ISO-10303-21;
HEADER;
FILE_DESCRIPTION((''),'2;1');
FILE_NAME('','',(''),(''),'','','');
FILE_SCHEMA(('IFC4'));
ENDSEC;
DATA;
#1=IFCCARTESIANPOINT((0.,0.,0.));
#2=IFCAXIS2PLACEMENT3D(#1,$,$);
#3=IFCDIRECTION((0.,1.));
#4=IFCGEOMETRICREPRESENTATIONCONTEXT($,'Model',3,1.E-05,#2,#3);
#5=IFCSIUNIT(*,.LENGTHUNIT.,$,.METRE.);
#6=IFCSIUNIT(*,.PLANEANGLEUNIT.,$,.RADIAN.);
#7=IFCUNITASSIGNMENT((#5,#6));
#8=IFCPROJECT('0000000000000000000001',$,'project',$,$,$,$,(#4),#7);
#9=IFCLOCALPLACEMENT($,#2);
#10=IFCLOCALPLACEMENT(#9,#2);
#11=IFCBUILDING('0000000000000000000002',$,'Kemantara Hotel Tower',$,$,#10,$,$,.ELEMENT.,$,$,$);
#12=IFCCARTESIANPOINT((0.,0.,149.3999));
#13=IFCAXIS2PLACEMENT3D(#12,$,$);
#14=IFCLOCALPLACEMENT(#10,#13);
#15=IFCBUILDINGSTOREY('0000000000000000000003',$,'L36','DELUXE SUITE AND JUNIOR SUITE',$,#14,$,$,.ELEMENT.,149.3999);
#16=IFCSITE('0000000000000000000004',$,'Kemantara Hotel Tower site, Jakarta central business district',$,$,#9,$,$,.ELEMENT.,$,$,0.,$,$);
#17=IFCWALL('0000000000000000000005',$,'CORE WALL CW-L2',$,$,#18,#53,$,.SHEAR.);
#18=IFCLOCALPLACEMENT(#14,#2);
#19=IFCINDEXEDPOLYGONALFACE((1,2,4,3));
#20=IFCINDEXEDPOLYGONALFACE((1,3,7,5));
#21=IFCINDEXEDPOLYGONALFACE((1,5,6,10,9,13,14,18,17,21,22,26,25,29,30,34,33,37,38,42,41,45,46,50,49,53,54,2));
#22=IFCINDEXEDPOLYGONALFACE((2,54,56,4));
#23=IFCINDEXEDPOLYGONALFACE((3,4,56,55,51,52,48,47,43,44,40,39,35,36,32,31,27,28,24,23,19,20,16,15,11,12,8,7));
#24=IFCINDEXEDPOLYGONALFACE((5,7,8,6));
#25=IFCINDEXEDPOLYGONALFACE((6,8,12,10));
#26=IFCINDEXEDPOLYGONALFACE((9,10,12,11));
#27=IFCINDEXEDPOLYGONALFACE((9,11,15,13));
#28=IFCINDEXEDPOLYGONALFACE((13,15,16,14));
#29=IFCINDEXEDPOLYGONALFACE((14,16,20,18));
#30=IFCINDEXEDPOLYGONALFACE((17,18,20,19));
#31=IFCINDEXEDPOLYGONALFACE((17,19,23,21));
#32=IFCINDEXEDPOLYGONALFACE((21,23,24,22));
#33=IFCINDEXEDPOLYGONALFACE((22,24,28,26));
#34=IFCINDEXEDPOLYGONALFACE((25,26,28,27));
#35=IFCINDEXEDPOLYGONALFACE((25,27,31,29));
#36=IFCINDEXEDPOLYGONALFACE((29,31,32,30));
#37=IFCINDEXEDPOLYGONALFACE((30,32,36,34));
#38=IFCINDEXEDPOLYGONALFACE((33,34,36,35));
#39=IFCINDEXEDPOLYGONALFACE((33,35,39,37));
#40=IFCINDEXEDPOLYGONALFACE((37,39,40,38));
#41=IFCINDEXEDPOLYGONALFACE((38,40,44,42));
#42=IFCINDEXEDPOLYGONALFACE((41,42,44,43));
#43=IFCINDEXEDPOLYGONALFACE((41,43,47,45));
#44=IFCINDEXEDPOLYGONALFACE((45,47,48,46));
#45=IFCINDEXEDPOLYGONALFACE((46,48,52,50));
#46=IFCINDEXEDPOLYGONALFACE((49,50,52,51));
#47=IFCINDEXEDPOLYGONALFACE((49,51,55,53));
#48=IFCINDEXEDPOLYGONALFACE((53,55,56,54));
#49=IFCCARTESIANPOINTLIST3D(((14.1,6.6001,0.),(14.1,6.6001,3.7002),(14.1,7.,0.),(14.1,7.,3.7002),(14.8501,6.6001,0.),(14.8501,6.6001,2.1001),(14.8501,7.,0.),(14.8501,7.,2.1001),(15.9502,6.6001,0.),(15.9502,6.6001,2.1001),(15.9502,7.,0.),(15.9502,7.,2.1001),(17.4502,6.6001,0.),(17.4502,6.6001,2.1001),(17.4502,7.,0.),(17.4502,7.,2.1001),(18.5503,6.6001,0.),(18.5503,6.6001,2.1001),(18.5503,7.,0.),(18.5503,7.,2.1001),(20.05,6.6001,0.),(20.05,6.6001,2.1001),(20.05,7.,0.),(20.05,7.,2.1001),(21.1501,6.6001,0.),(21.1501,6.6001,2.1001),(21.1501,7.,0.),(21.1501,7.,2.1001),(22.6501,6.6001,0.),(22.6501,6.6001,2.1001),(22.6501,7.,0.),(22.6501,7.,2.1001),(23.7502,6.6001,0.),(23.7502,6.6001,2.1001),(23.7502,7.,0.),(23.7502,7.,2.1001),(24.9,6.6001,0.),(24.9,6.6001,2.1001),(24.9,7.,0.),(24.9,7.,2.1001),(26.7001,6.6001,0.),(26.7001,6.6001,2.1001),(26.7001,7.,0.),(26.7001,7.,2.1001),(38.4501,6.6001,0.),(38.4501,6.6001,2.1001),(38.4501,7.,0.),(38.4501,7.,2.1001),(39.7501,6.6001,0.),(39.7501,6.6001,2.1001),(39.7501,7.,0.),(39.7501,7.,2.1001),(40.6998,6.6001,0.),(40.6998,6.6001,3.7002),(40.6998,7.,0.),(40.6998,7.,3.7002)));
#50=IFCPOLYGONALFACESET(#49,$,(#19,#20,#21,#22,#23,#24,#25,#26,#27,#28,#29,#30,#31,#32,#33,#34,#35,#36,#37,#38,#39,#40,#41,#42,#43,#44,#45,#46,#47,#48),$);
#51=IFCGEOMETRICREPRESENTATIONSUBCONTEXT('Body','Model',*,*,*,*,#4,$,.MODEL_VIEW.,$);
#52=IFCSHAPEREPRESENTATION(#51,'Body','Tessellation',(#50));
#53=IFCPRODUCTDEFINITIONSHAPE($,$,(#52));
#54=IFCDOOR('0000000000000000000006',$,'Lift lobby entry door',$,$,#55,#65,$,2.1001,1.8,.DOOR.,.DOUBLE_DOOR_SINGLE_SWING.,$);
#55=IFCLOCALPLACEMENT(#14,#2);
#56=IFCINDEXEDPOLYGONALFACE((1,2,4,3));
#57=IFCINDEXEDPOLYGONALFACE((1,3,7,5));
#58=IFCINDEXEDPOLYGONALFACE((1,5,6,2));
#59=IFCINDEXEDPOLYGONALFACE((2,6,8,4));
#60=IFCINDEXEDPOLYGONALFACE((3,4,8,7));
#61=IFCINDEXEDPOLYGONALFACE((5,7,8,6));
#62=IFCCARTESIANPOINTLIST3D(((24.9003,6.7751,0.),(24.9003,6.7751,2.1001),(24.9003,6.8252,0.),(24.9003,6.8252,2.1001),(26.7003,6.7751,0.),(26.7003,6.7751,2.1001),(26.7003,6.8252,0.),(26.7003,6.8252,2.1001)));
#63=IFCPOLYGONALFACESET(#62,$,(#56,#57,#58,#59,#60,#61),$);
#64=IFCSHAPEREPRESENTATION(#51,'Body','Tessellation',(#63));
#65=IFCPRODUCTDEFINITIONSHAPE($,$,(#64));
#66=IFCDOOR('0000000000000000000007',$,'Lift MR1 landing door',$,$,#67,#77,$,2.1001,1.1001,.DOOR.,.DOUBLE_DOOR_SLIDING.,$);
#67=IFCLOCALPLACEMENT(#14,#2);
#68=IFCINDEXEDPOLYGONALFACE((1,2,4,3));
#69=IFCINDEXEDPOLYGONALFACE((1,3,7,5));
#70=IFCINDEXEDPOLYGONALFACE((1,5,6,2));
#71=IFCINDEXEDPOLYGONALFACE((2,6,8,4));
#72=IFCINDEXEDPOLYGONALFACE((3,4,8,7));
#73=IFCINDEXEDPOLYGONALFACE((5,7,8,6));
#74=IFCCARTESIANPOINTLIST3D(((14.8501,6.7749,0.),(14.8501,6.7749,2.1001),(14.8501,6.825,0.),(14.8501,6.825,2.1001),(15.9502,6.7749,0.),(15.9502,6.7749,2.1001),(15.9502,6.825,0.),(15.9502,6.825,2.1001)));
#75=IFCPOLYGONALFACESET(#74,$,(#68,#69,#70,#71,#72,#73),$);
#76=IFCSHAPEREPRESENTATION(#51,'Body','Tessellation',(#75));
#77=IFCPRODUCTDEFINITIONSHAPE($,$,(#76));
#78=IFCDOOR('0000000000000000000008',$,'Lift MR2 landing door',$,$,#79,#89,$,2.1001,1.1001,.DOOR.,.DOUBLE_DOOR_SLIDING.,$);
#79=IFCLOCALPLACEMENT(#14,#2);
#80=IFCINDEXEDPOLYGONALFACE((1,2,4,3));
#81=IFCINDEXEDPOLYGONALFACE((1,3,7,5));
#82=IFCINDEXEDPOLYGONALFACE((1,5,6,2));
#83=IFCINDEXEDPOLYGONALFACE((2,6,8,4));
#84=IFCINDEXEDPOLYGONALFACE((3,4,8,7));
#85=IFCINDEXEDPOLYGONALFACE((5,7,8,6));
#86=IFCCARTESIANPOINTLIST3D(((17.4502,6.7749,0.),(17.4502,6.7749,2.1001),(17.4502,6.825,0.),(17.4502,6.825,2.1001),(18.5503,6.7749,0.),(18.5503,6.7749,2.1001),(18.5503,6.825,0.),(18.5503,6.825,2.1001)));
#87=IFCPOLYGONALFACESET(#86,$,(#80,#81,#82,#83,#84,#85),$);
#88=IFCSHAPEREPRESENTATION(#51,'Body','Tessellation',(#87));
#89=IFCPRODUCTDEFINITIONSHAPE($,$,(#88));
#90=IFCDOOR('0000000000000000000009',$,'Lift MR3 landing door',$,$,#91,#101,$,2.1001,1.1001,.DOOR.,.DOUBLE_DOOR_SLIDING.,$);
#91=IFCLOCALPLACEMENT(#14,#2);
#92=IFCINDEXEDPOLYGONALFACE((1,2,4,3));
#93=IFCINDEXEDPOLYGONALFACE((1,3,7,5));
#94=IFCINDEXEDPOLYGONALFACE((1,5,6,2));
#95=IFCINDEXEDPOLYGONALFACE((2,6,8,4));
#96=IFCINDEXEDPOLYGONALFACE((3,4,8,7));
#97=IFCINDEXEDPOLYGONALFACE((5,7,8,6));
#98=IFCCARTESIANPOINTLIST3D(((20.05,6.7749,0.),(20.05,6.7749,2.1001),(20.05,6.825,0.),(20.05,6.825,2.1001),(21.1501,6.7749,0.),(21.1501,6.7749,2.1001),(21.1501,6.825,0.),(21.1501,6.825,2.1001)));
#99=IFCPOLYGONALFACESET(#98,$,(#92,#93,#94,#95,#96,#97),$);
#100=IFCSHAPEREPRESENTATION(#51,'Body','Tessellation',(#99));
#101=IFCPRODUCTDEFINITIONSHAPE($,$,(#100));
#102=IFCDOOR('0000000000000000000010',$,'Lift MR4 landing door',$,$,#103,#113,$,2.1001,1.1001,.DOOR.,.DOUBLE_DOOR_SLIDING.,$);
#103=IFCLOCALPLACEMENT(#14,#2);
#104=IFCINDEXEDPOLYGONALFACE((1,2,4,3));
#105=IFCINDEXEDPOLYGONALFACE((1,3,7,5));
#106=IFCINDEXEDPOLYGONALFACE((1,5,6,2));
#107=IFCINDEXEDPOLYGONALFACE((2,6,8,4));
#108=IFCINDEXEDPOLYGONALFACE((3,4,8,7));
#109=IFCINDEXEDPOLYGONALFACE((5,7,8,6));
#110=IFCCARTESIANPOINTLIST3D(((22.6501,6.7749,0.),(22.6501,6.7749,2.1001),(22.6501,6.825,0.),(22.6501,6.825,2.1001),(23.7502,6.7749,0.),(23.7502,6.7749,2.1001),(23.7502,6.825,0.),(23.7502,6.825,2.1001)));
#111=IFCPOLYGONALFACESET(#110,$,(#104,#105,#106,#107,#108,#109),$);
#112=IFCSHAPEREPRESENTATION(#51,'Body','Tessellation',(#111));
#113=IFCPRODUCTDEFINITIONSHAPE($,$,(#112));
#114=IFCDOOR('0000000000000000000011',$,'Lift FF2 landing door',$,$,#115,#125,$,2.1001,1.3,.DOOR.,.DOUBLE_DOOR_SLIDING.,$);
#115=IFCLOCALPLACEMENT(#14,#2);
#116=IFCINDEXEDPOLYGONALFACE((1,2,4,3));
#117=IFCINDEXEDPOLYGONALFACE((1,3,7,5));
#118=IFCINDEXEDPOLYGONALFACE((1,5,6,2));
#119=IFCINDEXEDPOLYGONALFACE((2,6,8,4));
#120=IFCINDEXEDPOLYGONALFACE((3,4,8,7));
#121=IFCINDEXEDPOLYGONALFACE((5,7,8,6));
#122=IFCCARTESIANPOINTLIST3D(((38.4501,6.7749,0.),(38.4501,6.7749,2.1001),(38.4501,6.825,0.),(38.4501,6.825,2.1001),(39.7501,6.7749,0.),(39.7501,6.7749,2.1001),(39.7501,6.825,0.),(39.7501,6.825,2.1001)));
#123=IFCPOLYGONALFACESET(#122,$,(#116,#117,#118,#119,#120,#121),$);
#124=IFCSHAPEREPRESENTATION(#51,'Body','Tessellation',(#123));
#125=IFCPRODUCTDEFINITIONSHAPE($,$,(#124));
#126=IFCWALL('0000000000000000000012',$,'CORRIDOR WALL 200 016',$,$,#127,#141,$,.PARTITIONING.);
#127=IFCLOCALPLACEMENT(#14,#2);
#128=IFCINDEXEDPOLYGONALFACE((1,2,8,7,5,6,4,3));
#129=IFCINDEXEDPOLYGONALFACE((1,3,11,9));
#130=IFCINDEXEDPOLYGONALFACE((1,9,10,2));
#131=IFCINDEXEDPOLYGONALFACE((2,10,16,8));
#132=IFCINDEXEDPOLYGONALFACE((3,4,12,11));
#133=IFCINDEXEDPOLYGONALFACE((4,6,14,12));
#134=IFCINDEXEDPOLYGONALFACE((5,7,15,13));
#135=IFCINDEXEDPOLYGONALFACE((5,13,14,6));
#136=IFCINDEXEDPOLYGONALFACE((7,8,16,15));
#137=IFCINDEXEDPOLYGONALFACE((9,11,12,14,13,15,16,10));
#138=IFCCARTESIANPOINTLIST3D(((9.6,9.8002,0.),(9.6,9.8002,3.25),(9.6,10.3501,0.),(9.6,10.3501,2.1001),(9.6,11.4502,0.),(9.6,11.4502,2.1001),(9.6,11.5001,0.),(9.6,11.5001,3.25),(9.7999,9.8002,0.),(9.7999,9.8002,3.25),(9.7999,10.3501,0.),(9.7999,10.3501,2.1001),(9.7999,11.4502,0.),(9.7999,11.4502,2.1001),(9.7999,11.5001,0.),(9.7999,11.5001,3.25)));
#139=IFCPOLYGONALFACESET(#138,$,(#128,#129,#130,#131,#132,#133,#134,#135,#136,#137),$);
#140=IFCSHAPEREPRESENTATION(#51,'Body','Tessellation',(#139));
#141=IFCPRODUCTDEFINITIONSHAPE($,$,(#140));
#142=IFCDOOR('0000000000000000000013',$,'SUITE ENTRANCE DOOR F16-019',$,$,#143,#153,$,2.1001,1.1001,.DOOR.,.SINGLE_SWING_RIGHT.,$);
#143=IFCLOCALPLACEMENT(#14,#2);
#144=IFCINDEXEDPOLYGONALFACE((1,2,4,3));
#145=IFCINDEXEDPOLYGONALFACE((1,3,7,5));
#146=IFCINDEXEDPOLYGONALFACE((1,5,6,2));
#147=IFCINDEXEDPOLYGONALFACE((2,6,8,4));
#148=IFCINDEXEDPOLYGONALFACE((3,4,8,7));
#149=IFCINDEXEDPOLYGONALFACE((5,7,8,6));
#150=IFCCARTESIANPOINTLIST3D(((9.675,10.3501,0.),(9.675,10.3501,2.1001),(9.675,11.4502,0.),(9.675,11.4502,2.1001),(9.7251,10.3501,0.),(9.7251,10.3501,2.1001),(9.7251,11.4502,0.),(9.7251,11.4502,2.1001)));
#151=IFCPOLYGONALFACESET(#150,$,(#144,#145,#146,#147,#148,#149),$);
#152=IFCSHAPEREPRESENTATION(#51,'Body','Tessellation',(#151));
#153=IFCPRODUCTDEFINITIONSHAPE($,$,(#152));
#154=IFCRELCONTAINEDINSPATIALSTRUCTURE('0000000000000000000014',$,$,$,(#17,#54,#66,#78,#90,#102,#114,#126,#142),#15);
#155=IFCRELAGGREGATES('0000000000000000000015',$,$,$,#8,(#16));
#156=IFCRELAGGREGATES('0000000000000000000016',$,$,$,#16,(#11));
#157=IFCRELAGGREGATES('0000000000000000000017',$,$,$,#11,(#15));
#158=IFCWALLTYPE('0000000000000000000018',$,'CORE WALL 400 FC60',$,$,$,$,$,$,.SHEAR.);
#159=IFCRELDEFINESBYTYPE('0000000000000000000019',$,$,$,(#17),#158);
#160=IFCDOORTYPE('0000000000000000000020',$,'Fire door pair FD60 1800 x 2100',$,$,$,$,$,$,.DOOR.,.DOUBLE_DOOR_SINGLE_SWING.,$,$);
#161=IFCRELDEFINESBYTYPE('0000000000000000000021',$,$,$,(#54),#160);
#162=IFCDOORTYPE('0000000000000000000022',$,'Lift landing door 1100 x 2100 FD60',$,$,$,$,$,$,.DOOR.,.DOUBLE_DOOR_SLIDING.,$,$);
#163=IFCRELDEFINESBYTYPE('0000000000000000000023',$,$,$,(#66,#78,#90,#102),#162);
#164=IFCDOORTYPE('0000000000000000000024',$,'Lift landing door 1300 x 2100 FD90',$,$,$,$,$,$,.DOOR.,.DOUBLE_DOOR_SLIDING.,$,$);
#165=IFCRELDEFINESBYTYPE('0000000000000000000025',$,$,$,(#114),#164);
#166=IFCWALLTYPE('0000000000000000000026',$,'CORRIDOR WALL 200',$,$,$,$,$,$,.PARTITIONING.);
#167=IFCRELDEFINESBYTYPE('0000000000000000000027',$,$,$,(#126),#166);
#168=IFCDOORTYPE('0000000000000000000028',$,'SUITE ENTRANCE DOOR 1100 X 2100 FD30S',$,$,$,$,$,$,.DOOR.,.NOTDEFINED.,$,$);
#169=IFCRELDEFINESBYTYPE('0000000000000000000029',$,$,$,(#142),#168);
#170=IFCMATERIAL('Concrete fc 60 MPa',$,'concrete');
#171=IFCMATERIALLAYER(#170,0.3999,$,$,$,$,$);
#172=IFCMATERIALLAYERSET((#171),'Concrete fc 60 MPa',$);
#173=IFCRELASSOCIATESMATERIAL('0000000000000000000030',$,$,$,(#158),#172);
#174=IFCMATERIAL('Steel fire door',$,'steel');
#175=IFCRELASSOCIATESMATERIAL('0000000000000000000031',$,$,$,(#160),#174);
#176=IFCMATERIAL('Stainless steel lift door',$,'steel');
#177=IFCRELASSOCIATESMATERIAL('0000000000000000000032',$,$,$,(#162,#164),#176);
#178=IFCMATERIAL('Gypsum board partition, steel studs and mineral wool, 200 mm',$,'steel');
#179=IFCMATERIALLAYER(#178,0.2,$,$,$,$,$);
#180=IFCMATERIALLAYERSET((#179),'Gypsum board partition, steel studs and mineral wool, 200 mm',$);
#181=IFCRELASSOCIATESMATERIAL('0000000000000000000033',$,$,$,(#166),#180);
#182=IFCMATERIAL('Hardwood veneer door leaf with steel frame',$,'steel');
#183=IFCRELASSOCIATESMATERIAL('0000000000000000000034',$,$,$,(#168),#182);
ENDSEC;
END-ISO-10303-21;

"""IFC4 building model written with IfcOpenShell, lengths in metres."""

from ifc_helpers import new_model, si_unit, direction, frame, frame_2d, origin, place, context, subcontext, project, spatial, rectangle, extrude, material, layer, layer_set, type_object, element, fill, save


model = new_model("IFC4")

# Units and contexts
model_context = context("Model", 3, precision=1e-05, world=origin(), true_north=direction((0.0, 1.0)))
body_context = subcontext(model_context, "Body", "Model", "MODEL_VIEW")
ifc_project = project(units=[si_unit("LENGTHUNIT", "METRE"), si_unit("PLANEANGLEUNIT", "RADIAN")], contexts=[model_context])

# Site, building, storey
site_placement = place(None, origin())
site = spatial("IfcSite", under=ifc_project, at=site_placement, Name="Kemantara Hotel Tower site, Jakarta central business district", CompositionType="ELEMENT", RefElevation=0.0)
building_placement = place(site_placement, origin())
building = spatial("IfcBuilding", under=site, at=building_placement, Name="Kemantara Hotel Tower", CompositionType="ELEMENT")
storey_placement = place(building_placement, frame((0.0, 0.0, 149.3999)))
storey = spatial("IfcBuildingStorey", under=building, at=storey_placement, Name="L36", Description="DELUXE SUITE AND JUNIOR SUITE", CompositionType="ELEMENT", Elevation=149.3999)

# Shared definitions
ifc_material_1 = material(Name="Concrete fc 60 MPa", Category="concrete")

# Shared definitions
ifc_layer_1 = layer(ifc_material_1, 0.3999)
ifc_layer_set_1 = layer_set([ifc_layer_1], Name="Concrete fc 60 MPa")
wall_type_1 = type_object("IfcWallType", Name="CORE WALL 400 FC60", PredefinedType="SHEAR", material=ifc_layer_set_1)
ifc_material_2 = material(Name="Steel fire door", Category="steel")

# Wall, openings, doors
wall_1_placement = place(storey_placement, frame((14.1001, 6.8, 0.0), z_axis=(0.0, 0.0, 1.0), x_axis=(1.0, 0.0, 0.0)))
wall_1 = element("IfcWall", 1, at=wall_1_placement, inside=storey, type_object=wall_type_1, Name="CORE WALL CW-L2", PredefinedType="SHEAR", context=body_context, shape_type="SweptSolid", body=[
    extrude(rectangle(XDim=26.5999, YDim=0.3999, at=frame_2d((13.2998, 0.0))), origin(), (0.0, 0.0, 1.0), 3.7002),
])
opening_1_placement = place(wall_1_placement, frame((10.8, 0.0, 0.0)))
opening_1 = element("IfcOpeningElement", 2, at=opening_1_placement, cuts=wall_1, PredefinedType="OPENING", context=body_context, shape_type="SweptSolid", body=[
    extrude(rectangle(XDim=1.8, YDim=2.1001, at=frame_2d((0.8999, 1.05))), frame((0.0, 0.21, 0.0), z_axis=(0.0, -1.0, 0.0), x_axis=(1.0, 0.0, 0.0)), (0.0, 0.0, 1.0), 0.4199),
])
opening_2_placement = place(wall_1_placement, frame((0.75, 0.0, 0.0)))
opening_2 = element("IfcOpeningElement", 3, at=opening_2_placement, cuts=wall_1, PredefinedType="OPENING", context=body_context, shape_type="SweptSolid", body=[
    extrude(rectangle(XDim=1.1001, YDim=2.1001, at=frame_2d((0.55, 1.05))), frame((0.0, 0.21, 0.0), z_axis=(0.0, -1.0, 0.0), x_axis=(1.0, 0.0, 0.0)), (0.0, 0.0, 1.0), 0.4199),
])
opening_3_placement = place(wall_1_placement, frame((3.3501, 0.0, 0.0)))
opening_3 = element("IfcOpeningElement", 4, at=opening_3_placement, cuts=wall_1, PredefinedType="OPENING", context=body_context, shape_type="SweptSolid", body=[
    extrude(rectangle(XDim=1.1001, YDim=2.1001, at=frame_2d((0.55, 1.05))), frame((0.0, 0.21, 0.0), z_axis=(0.0, -1.0, 0.0), x_axis=(1.0, 0.0, 0.0)), (0.0, 0.0, 1.0), 0.4199),
])
opening_4_placement = place(wall_1_placement, frame((5.95, 0.0, 0.0)))
opening_4 = element("IfcOpeningElement", 5, at=opening_4_placement, cuts=wall_1, PredefinedType="OPENING", context=body_context, shape_type="SweptSolid", body=[
    extrude(rectangle(XDim=1.1001, YDim=2.1001, at=frame_2d((0.55, 1.05))), frame((0.0, 0.21, 0.0), z_axis=(0.0, -1.0, 0.0), x_axis=(1.0, 0.0, 0.0)), (0.0, 0.0, 1.0), 0.4199),
])
opening_5_placement = place(wall_1_placement, frame((8.55, 0.0, 0.0)))
opening_5 = element("IfcOpeningElement", 6, at=opening_5_placement, cuts=wall_1, PredefinedType="OPENING", context=body_context, shape_type="SweptSolid", body=[
    extrude(rectangle(XDim=1.1001, YDim=2.1001, at=frame_2d((0.55, 1.05))), frame((0.0, 0.21, 0.0), z_axis=(0.0, -1.0, 0.0), x_axis=(1.0, 0.0, 0.0)), (0.0, 0.0, 1.0), 0.4199),
])
opening_6_placement = place(wall_1_placement, frame((24.3501, 0.0, 0.0)))
opening_6 = element("IfcOpeningElement", 7, at=opening_6_placement, cuts=wall_1, PredefinedType="OPENING", context=body_context, shape_type="SweptSolid", body=[
    extrude(rectangle(XDim=1.3, YDim=2.1001, at=frame_2d((0.6499, 1.05))), frame((0.0, 0.21, 0.0), z_axis=(0.0, -1.0, 0.0), x_axis=(1.0, 0.0, 0.0)), (0.0, 0.0, 1.0), 0.4199),
])
door_type_1 = type_object("IfcDoorType", Name="Fire door pair FD60 1800 x 2100", OperationType="DOUBLE_DOOR_SINGLE_SWING", PredefinedType="DOOR", material=ifc_material_2)
door_1_placement = place(opening_1_placement, frame((1.8, 0.0, 0.0), z_axis=(0.0, 0.0, 1.0), x_axis=(-1.0, 0.0, 0.0)))
door_1 = element("IfcDoor", 8, at=door_1_placement, inside=storey, type_object=door_type_1, Name="Lift lobby entry door", OperationType="DOUBLE_DOOR_SINGLE_SWING", OverallHeight=2.1001, OverallWidth=1.8, PredefinedType="DOOR", context=body_context, shape_type="SweptSolid", body=[
    extrude(rectangle(XDim=1.8, YDim=2.1001, at=frame_2d((0.8999, 1.05))), frame((0.0, 0.0249, 0.0), z_axis=(0.0, -1.0, 0.0), x_axis=(1.0, 0.0, 0.0)), (0.0, 0.0, 1.0), 0.05),
])
fill(opening_1, door_1)
ifc_material_3 = material(Name="Stainless steel lift door", Category="steel")
door_type_2 = type_object("IfcDoorType", Name="Lift landing door 1100 x 2100 FD60", OperationType="DOUBLE_DOOR_SLIDING", PredefinedType="DOOR", material=ifc_material_3)
door_2_placement = place(opening_2_placement, origin())
door_2 = element("IfcDoor", 9, at=door_2_placement, inside=storey, type_object=door_type_2, Name="Lift MR1 landing door", OperationType="DOUBLE_DOOR_SLIDING", OverallHeight=2.1001, OverallWidth=1.1001, PredefinedType="DOOR", context=body_context, shape_type="SweptSolid", body=[
    extrude(rectangle(XDim=1.1001, YDim=2.1001, at=frame_2d((0.55, 1.05))), frame((0.0, 0.0249, 0.0), z_axis=(0.0, -1.0, 0.0), x_axis=(1.0, 0.0, 0.0)), (0.0, 0.0, 1.0), 0.05),
])
fill(opening_2, door_2)
door_3_placement = place(opening_3_placement, origin())
door_3 = element("IfcDoor", 10, at=door_3_placement, inside=storey, type_object=door_type_2, Name="Lift MR2 landing door", OperationType="DOUBLE_DOOR_SLIDING", OverallHeight=2.1001, OverallWidth=1.1001, PredefinedType="DOOR", context=body_context, shape_type="SweptSolid", body=[
    extrude(rectangle(XDim=1.1001, YDim=2.1001, at=frame_2d((0.55, 1.05))), frame((0.0, 0.0249, 0.0), z_axis=(0.0, -1.0, 0.0), x_axis=(1.0, 0.0, 0.0)), (0.0, 0.0, 1.0), 0.05),
])
fill(opening_3, door_3)
door_4_placement = place(opening_4_placement, origin())
door_4 = element("IfcDoor", 11, at=door_4_placement, inside=storey, type_object=door_type_2, Name="Lift MR3 landing door", OperationType="DOUBLE_DOOR_SLIDING", OverallHeight=2.1001, OverallWidth=1.1001, PredefinedType="DOOR", context=body_context, shape_type="SweptSolid", body=[
    extrude(rectangle(XDim=1.1001, YDim=2.1001, at=frame_2d((0.55, 1.05))), frame((0.0, 0.0249, 0.0), z_axis=(0.0, -1.0, 0.0), x_axis=(1.0, 0.0, 0.0)), (0.0, 0.0, 1.0), 0.05),
])
fill(opening_4, door_4)
door_5_placement = place(opening_5_placement, origin())
door_5 = element("IfcDoor", 12, at=door_5_placement, inside=storey, type_object=door_type_2, Name="Lift MR4 landing door", OperationType="DOUBLE_DOOR_SLIDING", OverallHeight=2.1001, OverallWidth=1.1001, PredefinedType="DOOR", context=body_context, shape_type="SweptSolid", body=[
    extrude(rectangle(XDim=1.1001, YDim=2.1001, at=frame_2d((0.55, 1.05))), frame((0.0, 0.0249, 0.0), z_axis=(0.0, -1.0, 0.0), x_axis=(1.0, 0.0, 0.0)), (0.0, 0.0, 1.0), 0.05),
])
fill(opening_5, door_5)
door_type_3 = type_object("IfcDoorType", Name="Lift landing door 1300 x 2100 FD90", OperationType="DOUBLE_DOOR_SLIDING", PredefinedType="DOOR", material=ifc_material_3)
door_6_placement = place(opening_6_placement, origin())
door_6 = element("IfcDoor", 13, at=door_6_placement, inside=storey, type_object=door_type_3, Name="Lift FF2 landing door", OperationType="DOUBLE_DOOR_SLIDING", OverallHeight=2.1001, OverallWidth=1.3, PredefinedType="DOOR", context=body_context, shape_type="SweptSolid", body=[
    extrude(rectangle(XDim=1.3, YDim=2.1001, at=frame_2d((0.6499, 1.05))), frame((0.0, 0.0249, 0.0), z_axis=(0.0, -1.0, 0.0), x_axis=(1.0, 0.0, 0.0)), (0.0, 0.0, 1.0), 0.05),
])
fill(opening_6, door_6)

# Wall, opening, door
ifc_material_4 = material(Name="Gypsum board partition, steel studs and mineral wool, 200 mm", Category="steel")
ifc_layer_2 = layer(ifc_material_4, 0.2)
ifc_layer_set_2 = layer_set([ifc_layer_2], Name="Gypsum board partition, steel studs and mineral wool, 200 mm")
wall_type_2 = type_object("IfcWallType", Name="CORRIDOR WALL 200", PredefinedType="PARTITIONING", material=ifc_layer_set_2)
wall_2_placement = place(storey_placement, frame((9.7, 9.8, 0.0), z_axis=(0.0, 0.0, 1.0), x_axis=(0.0, 1.0, 0.0)))
wall_2 = element("IfcWall", 14, at=wall_2_placement, inside=storey, type_object=wall_type_2, Name="CORRIDOR WALL 200 016", PredefinedType="PARTITIONING", context=body_context, shape_type="SweptSolid", body=[
    extrude(rectangle(XDim=1.7, YDim=0.2, at=frame_2d((0.8501, 0.0))), origin(), (0.0, 0.0, 1.0), 3.25),
])
opening_7_placement = place(wall_2_placement, frame((0.55, 0.0, 0.0)))
opening_7 = element("IfcOpeningElement", 15, at=opening_7_placement, cuts=wall_2, PredefinedType="OPENING", context=body_context, shape_type="SweptSolid", body=[
    extrude(rectangle(XDim=1.1001, YDim=2.1001, at=frame_2d((0.55, 1.05))), frame((0.0, 0.1099, 0.0), z_axis=(0.0, -1.0, 0.0), x_axis=(1.0, 0.0, 0.0)), (0.0, 0.0, 1.0), 0.22),
])
ifc_material_5 = material(Name="Hardwood veneer door leaf with steel frame", Category="steel")
door_type_4 = type_object("IfcDoorType", Name="SUITE ENTRANCE DOOR 1100 X 2100 FD30S", OperationType="NOTDEFINED", PredefinedType="DOOR", material=ifc_material_5)
door_7_placement = place(opening_7_placement, origin())
door_7 = element("IfcDoor", 16, at=door_7_placement, inside=storey, type_object=door_type_4, Name="SUITE ENTRANCE DOOR F16-019", OperationType="SINGLE_SWING_RIGHT", OverallHeight=2.1001, OverallWidth=1.1001, PredefinedType="DOOR", context=body_context, shape_type="SweptSolid", body=[
    extrude(rectangle(XDim=1.1001, YDim=2.1001, at=frame_2d((0.55, 1.05))), frame((0.0, 0.0249, 0.0), z_axis=(0.0, -1.0, 0.0), x_axis=(1.0, 0.0, 0.0)), (0.0, 0.0, 1.0), 0.05),
])
fill(opening_7, door_7)

save(model, "model.ifc")
